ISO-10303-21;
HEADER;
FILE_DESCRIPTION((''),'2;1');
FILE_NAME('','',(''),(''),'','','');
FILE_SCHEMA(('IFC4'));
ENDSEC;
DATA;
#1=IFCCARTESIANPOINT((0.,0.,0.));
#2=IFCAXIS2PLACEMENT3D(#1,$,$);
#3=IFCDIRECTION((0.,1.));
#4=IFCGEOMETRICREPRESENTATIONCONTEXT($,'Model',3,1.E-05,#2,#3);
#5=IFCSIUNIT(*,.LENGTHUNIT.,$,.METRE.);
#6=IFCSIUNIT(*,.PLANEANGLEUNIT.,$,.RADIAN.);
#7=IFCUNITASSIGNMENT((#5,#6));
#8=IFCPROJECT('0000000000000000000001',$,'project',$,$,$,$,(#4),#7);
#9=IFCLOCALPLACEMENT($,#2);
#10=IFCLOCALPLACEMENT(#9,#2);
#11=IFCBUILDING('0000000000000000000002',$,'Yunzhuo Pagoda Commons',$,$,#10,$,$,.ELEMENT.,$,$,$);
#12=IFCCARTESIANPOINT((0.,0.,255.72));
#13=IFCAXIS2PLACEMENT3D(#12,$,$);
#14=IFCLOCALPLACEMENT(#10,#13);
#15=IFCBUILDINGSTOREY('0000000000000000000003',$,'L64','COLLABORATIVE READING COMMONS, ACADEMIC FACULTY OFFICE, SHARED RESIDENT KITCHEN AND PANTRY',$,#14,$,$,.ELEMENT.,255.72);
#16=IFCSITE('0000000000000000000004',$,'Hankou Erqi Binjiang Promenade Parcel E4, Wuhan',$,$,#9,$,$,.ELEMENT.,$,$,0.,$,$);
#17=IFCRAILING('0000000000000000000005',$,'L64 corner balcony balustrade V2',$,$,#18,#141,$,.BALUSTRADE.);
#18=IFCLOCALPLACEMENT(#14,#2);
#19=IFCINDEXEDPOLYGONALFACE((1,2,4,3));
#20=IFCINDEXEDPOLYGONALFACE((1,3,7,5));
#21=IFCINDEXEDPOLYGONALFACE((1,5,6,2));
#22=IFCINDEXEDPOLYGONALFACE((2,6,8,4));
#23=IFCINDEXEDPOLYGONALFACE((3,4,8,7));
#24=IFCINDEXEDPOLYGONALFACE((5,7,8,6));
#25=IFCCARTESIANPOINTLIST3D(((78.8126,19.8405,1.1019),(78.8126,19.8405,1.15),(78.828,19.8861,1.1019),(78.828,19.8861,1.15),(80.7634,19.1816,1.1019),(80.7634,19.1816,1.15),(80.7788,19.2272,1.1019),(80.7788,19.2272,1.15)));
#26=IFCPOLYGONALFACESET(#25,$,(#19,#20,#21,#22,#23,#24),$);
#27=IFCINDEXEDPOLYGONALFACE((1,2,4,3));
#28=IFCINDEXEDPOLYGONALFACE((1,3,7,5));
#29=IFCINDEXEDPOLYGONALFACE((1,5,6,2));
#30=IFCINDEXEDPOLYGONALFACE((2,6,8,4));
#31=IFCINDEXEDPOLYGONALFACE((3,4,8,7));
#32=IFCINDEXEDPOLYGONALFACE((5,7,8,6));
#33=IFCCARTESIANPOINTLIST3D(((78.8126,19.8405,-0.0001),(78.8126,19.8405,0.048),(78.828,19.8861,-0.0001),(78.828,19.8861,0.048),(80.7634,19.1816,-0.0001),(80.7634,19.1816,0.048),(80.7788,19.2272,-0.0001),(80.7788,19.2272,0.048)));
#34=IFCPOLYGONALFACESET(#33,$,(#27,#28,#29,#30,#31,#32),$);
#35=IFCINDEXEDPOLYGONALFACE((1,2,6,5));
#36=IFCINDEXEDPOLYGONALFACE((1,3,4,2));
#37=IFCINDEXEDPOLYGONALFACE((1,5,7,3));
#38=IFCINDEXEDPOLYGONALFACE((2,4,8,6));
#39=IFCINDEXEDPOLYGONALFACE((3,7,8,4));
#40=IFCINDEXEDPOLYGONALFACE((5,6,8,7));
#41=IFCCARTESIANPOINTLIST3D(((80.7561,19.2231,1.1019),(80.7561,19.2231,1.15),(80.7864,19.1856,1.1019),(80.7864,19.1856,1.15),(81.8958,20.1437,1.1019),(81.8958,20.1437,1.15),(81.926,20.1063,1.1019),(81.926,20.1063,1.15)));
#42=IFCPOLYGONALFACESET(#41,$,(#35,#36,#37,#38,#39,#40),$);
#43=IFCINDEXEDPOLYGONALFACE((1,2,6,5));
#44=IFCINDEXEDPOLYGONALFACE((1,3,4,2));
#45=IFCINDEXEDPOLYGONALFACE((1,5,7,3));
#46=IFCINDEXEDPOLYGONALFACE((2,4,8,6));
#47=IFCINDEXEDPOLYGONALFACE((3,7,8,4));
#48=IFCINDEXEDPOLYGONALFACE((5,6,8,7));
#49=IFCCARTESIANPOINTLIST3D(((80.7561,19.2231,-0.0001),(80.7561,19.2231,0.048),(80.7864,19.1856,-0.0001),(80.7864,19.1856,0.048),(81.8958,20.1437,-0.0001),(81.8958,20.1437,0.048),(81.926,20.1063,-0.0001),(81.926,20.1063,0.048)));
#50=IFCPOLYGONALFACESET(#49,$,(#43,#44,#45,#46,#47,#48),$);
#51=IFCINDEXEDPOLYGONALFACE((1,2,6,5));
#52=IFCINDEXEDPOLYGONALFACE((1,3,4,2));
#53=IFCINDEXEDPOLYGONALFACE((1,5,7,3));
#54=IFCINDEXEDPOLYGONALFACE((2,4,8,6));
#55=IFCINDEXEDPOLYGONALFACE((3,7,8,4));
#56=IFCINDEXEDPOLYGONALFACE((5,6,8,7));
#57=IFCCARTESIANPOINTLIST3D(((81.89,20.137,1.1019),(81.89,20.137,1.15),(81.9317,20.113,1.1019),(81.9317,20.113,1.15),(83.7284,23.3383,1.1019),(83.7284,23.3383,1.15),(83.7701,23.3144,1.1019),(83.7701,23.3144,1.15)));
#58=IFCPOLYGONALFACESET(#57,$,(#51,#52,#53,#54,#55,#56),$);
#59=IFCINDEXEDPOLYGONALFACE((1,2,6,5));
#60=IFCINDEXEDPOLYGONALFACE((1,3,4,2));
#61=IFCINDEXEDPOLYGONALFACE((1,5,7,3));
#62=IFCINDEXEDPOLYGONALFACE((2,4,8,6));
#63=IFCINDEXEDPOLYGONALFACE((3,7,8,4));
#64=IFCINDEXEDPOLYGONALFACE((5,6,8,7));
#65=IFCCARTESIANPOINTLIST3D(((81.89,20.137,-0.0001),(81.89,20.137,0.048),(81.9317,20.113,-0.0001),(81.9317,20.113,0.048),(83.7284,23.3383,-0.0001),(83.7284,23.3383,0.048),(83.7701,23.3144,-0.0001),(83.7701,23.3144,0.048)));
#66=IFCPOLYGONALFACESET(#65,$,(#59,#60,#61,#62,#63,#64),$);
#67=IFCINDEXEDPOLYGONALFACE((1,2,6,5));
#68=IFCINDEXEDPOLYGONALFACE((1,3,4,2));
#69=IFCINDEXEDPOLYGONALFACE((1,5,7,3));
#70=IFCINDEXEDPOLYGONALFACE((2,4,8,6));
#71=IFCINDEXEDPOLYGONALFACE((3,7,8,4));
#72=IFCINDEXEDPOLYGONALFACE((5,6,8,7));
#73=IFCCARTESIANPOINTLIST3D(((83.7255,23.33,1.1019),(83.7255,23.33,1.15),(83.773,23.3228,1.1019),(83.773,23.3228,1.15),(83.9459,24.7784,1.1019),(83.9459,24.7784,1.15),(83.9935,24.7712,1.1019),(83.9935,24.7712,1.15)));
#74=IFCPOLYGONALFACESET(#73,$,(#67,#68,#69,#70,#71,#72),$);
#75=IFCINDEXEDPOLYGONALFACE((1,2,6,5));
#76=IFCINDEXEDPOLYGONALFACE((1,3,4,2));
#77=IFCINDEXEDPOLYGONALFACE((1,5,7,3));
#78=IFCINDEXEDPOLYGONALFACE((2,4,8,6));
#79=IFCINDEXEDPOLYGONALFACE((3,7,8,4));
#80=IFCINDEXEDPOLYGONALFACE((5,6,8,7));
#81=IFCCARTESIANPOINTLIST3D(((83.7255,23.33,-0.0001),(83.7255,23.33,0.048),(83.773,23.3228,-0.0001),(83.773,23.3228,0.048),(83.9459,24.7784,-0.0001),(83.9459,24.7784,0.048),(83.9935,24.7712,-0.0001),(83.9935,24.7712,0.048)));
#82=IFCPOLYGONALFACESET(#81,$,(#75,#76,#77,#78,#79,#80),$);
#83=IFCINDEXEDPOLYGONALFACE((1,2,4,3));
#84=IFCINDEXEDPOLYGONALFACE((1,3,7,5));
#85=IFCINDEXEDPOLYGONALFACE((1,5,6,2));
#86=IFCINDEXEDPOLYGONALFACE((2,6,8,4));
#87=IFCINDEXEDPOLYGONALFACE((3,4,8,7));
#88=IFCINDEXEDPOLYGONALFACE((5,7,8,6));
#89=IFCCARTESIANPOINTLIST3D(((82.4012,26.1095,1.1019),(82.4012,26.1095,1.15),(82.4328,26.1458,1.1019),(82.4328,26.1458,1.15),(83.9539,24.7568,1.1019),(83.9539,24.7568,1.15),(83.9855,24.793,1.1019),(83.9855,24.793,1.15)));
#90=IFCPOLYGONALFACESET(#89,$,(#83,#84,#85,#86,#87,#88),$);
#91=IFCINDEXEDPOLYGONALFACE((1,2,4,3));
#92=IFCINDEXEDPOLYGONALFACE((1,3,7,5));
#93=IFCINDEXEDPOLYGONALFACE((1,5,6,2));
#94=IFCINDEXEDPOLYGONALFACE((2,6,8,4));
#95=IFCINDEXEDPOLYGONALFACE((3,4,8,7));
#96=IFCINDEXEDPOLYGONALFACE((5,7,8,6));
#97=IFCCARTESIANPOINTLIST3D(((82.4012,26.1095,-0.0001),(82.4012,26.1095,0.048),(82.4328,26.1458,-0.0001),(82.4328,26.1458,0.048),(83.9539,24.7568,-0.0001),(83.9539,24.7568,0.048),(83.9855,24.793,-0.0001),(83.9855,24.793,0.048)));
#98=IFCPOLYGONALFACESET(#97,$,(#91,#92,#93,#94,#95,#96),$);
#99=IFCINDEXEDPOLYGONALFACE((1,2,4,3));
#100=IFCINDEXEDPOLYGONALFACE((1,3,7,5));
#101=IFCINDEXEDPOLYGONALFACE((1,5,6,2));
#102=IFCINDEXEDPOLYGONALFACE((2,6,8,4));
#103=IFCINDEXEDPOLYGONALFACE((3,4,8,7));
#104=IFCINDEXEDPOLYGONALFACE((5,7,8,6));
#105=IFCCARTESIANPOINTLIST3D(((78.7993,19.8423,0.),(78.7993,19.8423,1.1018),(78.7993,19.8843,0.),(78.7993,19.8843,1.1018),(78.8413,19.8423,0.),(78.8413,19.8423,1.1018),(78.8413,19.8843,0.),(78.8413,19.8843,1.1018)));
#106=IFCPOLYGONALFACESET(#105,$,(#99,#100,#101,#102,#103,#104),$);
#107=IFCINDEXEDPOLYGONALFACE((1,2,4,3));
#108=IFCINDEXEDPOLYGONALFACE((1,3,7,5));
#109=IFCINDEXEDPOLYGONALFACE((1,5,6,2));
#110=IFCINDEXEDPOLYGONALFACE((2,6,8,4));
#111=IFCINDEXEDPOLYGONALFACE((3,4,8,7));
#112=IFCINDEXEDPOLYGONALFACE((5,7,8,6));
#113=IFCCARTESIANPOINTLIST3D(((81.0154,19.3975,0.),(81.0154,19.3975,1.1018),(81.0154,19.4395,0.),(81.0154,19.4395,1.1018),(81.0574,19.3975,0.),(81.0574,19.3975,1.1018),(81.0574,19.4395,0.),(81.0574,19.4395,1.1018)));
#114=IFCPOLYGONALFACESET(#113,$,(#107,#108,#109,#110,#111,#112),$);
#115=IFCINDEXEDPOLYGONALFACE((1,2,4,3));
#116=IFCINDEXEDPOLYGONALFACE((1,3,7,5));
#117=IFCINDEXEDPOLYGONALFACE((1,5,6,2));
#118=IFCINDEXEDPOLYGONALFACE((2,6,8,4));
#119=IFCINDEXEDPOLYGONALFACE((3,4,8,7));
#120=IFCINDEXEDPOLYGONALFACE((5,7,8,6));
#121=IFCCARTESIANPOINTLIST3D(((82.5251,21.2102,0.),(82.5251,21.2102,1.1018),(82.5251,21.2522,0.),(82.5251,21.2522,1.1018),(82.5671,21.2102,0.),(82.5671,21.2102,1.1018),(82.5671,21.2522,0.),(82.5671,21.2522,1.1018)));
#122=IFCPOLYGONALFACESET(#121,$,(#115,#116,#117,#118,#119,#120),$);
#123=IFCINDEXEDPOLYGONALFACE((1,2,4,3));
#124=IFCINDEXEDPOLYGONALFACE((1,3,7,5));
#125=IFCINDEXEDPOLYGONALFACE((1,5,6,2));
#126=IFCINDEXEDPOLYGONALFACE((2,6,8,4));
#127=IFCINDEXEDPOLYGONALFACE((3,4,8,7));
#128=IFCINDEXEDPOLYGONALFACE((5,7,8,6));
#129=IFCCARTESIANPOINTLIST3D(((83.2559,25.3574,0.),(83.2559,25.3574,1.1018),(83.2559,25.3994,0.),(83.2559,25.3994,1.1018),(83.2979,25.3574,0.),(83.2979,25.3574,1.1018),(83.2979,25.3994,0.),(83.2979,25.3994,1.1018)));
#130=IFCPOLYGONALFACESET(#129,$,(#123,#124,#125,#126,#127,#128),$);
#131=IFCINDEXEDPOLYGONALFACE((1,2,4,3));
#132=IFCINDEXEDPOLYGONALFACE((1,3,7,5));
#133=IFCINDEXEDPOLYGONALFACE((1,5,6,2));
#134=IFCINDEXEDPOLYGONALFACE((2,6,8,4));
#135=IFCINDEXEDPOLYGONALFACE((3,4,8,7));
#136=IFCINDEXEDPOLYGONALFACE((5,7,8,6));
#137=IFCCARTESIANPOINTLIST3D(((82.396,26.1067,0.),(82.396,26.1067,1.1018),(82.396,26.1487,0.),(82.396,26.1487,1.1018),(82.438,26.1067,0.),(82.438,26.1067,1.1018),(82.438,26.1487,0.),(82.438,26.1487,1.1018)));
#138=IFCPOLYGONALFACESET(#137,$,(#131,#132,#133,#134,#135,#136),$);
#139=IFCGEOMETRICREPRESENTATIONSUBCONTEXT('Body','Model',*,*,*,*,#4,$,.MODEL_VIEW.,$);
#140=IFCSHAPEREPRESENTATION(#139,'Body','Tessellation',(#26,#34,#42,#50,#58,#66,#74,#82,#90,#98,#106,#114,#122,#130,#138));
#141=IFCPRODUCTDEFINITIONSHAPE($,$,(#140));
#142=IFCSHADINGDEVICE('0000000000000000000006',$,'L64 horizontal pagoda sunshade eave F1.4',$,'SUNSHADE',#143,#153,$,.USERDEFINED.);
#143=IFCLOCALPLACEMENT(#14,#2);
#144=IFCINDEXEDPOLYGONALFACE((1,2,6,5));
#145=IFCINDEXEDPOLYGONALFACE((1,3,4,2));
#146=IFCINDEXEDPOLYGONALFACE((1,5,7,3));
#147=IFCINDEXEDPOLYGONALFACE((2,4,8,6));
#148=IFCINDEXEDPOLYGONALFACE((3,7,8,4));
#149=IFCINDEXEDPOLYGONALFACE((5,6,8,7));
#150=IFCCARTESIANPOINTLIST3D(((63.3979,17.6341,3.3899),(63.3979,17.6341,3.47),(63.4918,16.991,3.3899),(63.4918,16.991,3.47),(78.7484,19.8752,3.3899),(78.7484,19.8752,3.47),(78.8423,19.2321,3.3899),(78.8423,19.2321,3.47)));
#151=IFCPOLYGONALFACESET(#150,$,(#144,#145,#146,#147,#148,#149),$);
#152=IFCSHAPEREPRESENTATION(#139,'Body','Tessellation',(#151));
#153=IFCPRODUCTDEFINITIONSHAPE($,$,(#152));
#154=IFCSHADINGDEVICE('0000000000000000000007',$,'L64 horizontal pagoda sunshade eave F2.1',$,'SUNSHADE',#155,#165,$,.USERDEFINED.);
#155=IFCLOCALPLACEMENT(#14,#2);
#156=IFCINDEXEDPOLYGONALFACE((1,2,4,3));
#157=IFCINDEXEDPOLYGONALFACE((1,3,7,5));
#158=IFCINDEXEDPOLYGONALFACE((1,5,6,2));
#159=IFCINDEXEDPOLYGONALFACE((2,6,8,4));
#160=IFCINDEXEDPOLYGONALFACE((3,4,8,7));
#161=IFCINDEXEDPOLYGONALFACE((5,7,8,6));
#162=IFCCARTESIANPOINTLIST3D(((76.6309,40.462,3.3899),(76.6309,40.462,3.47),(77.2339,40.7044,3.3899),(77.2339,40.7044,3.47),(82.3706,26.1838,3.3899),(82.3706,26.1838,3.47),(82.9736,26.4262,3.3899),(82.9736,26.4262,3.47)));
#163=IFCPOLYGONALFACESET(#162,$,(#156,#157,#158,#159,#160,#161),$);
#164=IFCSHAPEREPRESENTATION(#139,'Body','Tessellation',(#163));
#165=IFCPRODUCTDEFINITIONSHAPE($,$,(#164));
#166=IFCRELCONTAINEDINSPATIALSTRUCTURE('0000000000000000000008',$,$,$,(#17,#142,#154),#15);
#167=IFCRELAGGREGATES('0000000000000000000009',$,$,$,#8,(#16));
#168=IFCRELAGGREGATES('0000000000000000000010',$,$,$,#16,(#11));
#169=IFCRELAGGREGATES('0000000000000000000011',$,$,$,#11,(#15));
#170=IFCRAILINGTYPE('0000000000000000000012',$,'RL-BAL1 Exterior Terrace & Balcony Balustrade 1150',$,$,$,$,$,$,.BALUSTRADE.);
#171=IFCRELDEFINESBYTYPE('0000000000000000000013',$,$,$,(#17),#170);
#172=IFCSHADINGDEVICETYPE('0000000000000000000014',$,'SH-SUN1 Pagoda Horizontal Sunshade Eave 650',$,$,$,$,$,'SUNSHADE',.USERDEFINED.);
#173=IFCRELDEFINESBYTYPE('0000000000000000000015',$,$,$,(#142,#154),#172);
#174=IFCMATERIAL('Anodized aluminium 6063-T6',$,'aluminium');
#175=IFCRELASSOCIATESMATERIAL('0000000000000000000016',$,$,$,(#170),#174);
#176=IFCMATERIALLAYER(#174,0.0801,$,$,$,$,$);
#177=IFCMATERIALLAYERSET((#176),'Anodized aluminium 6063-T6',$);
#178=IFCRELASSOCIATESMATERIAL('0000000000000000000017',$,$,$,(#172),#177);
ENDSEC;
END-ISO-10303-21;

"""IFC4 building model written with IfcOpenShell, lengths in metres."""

from ifc_helpers import new_model, si_unit, direction, frame, origin, origin_2d, place, context, subcontext, project, spatial, rectangle, extrude, source, transform, mapped, material, layer, layer_set, type_object, element, save


model = new_model("IFC4")

# Units and contexts
model_context = context("Model", 3, precision=1e-05, world=origin(), true_north=direction((0.0, 1.0)))
body_context = subcontext(model_context, "Body", "Model", "MODEL_VIEW")
ifc_project = project(units=[si_unit("LENGTHUNIT", "METRE"), si_unit("PLANEANGLEUNIT", "RADIAN")], contexts=[model_context])

# Site, building, storey
site_placement = place(None, origin())
site = spatial("IfcSite", under=ifc_project, at=site_placement, Name="Hankou Erqi Binjiang Promenade Parcel E4, Wuhan", CompositionType="ELEMENT", RefElevation=0.0)
building_placement = place(site_placement, origin())
building = spatial("IfcBuilding", under=site, at=building_placement, Name="Yunzhuo Pagoda Commons", CompositionType="ELEMENT")
storey_placement = place(building_placement, frame((0.0, 0.0, 255.72)))
storey = spatial("IfcBuildingStorey", under=building, at=storey_placement, Name="L64", Description="COLLABORATIVE READING COMMONS, ACADEMIC FACULTY OFFICE, SHARED RESIDENT KITCHEN AND PANTRY", CompositionType="ELEMENT", Elevation=255.72)

# Shared definitions
ifc_material_1 = material(Name="Anodized aluminium 6063-T6", Category="aluminium")

# Railing
railing_type = type_object("IfcRailingType", Name="RL-BAL1 Exterior Terrace & Balcony Balustrade 1150", PredefinedType="BALUSTRADE", material=ifc_material_1)
railing_placement = place(storey_placement, frame((78.8203, 19.8633, 0.0)))
element("IfcRailing", 1, at=railing_placement, inside=storey, type_object=railing_type, Name="L64 corner balcony balustrade V2", PredefinedType="BALUSTRADE", context=body_context, shape_type="SweptSolid", body=[
    extrude(rectangle(XDim=0.0481, YDim=0.0481, at=origin_2d()), frame((0.0, 0.0, 1.126), z_axis=(0.947419, -0.319996, 0.0), x_axis=(0.319996, 0.947419, 0.0)), (0.0, 0.0, 1.0), 2.0591),
    extrude(rectangle(XDim=0.0481, YDim=0.0481, at=origin_2d()), frame((0.0, 0.0, 0.0239), z_axis=(0.947419, -0.319996, 0.0), x_axis=(0.319996, 0.947419, 0.0)), (0.0, 0.0, 1.0), 2.0591),
    extrude(rectangle(XDim=0.0481, YDim=0.0481, at=origin_2d()), frame((1.9509, -0.6589, 1.126), z_axis=(0.777885, 0.628407, 0.0), x_axis=(-0.628407, 0.777885, 0.0)), (0.0, 0.0, 1.0), 1.4651),
    extrude(rectangle(XDim=0.0481, YDim=0.0481, at=origin_2d()), frame((1.9509, -0.6589, 0.0239), z_axis=(0.777885, 0.628407, 0.0), x_axis=(-0.628407, 0.777885, 0.0)), (0.0, 0.0, 1.0), 1.4651),
    extrude(rectangle(XDim=0.0481, YDim=0.0481, at=origin_2d()), frame((3.0906, 0.2617, 1.126), z_axis=(0.497975, 0.867191, 0.0), x_axis=(-0.867191, 0.497975, 0.0)), (0.0, 0.0, 1.0), 3.6917),
    extrude(rectangle(XDim=0.0481, YDim=0.0481, at=origin_2d()), frame((3.0906, 0.2617, 0.0239), z_axis=(0.497975, 0.867191, 0.0), x_axis=(-0.867191, 0.497975, 0.0)), (0.0, 0.0, 1.0), 3.6917),
    extrude(rectangle(XDim=0.0481, YDim=0.0481, at=origin_2d()), frame((4.929, 3.4631, 1.126), z_axis=(0.150467, 0.988615, 0.0), x_axis=(-0.988615, 0.150467, 0.0)), (0.0, 0.0, 1.0), 1.4651),
    extrude(rectangle(XDim=0.0481, YDim=0.0481, at=origin_2d()), frame((4.929, 3.4631, 0.0239), z_axis=(0.150467, 0.988615, 0.0), x_axis=(-0.988615, 0.150467, 0.0)), (0.0, 0.0, 1.0), 1.4651),
    extrude(rectangle(XDim=0.0481, YDim=0.0481, at=origin_2d()), frame((5.1494, 4.9116, 1.126), z_axis=(-0.753985, 0.656892, 0.0), x_axis=(-0.656892, -0.753985, 0.0)), (0.0, 0.0, 1.0), 2.0593),
    extrude(rectangle(XDim=0.0481, YDim=0.0481, at=origin_2d()), frame((5.1494, 4.9116, 0.0239), z_axis=(-0.753985, 0.656892, 0.0), x_axis=(-0.656892, -0.753985, 0.0)), (0.0, 0.0, 1.0), 2.0593),
    extrude(rectangle(XDim=0.042, YDim=0.042, at=origin_2d()), origin(), (0.0, 0.0, 1.0), 1.1018),
    extrude(rectangle(XDim=0.042, YDim=0.042, at=origin_2d()), frame((2.2161, -0.4448, 0.0)), (0.0, 0.0, 1.0), 1.1018),
    extrude(rectangle(XDim=0.042, YDim=0.042, at=origin_2d()), frame((3.7258, 1.3679, 0.0)), (0.0, 0.0, 1.0), 1.1018),
    extrude(rectangle(XDim=0.042, YDim=0.042, at=origin_2d()), frame((4.4565, 5.5151, 0.0)), (0.0, 0.0, 1.0), 1.1018),
    extrude(rectangle(XDim=0.042, YDim=0.042, at=origin_2d()), frame((3.5967, 6.2644, 0.0)), (0.0, 0.0, 1.0), 1.1018),
])

# Shading devices
ifc_layer_1 = layer(ifc_material_1, 0.0801)
ifc_layer_set_1 = layer_set([ifc_layer_1], Name="Anodized aluminium 6063-T6")
shading_device_type = type_object("IfcShadingDeviceType", Name="SH-SUN1 Pagoda Horizontal Sunshade Eave 650", ElementType="SUNSHADE", PredefinedType="USERDEFINED", material=ifc_layer_set_1)
shared_shape_1 = source(origin(), body_context, "Body", "SweptSolid", [
    extrude(rectangle(XDim=15.5132, YDim=0.6499, at=origin_2d()), origin(), (0.0, 0.0, 1.0), 0.0801),
])
shading_device_1_placement = place(storey_placement, frame((71.1201, 18.4331, 3.3899), z_axis=(0.0, 0.0, 1.0), x_axis=(0.989511, 0.14446, 0.0)))
element("IfcShadingDevice", 2, at=shading_device_1_placement, inside=storey, type_object=shading_device_type, Name="L64 horizontal pagoda sunshade eave F1.4", ObjectType="SUNSHADE", PredefinedType="USERDEFINED", context=body_context, shape_type="MappedRepresentation", body=[
    mapped(shared_shape_1, transform((0.0, 0.0, 0.0), scale=1.0)),
])
shared_shape_2 = source(origin(), body_context, "Body", "SweptSolid", [
    extrude(rectangle(XDim=15.3887, YDim=0.6499, at=origin_2d()), origin(), (0.0, 0.0, 1.0), 0.0801),
])
shading_device_2_placement = place(storey_placement, frame((79.8022, 33.4441, 3.3899), z_axis=(0.0, 0.0, 1.0), x_axis=(-0.372988, 0.927836, 0.0)))
element("IfcShadingDevice", 3, at=shading_device_2_placement, inside=storey, type_object=shading_device_type, Name="L64 horizontal pagoda sunshade eave F2.1", ObjectType="SUNSHADE", PredefinedType="USERDEFINED", context=body_context, shape_type="MappedRepresentation", body=[
    mapped(shared_shape_2, transform((0.0, 0.0, 0.0), scale=1.0)),
])

save(model, "model.ifc")
